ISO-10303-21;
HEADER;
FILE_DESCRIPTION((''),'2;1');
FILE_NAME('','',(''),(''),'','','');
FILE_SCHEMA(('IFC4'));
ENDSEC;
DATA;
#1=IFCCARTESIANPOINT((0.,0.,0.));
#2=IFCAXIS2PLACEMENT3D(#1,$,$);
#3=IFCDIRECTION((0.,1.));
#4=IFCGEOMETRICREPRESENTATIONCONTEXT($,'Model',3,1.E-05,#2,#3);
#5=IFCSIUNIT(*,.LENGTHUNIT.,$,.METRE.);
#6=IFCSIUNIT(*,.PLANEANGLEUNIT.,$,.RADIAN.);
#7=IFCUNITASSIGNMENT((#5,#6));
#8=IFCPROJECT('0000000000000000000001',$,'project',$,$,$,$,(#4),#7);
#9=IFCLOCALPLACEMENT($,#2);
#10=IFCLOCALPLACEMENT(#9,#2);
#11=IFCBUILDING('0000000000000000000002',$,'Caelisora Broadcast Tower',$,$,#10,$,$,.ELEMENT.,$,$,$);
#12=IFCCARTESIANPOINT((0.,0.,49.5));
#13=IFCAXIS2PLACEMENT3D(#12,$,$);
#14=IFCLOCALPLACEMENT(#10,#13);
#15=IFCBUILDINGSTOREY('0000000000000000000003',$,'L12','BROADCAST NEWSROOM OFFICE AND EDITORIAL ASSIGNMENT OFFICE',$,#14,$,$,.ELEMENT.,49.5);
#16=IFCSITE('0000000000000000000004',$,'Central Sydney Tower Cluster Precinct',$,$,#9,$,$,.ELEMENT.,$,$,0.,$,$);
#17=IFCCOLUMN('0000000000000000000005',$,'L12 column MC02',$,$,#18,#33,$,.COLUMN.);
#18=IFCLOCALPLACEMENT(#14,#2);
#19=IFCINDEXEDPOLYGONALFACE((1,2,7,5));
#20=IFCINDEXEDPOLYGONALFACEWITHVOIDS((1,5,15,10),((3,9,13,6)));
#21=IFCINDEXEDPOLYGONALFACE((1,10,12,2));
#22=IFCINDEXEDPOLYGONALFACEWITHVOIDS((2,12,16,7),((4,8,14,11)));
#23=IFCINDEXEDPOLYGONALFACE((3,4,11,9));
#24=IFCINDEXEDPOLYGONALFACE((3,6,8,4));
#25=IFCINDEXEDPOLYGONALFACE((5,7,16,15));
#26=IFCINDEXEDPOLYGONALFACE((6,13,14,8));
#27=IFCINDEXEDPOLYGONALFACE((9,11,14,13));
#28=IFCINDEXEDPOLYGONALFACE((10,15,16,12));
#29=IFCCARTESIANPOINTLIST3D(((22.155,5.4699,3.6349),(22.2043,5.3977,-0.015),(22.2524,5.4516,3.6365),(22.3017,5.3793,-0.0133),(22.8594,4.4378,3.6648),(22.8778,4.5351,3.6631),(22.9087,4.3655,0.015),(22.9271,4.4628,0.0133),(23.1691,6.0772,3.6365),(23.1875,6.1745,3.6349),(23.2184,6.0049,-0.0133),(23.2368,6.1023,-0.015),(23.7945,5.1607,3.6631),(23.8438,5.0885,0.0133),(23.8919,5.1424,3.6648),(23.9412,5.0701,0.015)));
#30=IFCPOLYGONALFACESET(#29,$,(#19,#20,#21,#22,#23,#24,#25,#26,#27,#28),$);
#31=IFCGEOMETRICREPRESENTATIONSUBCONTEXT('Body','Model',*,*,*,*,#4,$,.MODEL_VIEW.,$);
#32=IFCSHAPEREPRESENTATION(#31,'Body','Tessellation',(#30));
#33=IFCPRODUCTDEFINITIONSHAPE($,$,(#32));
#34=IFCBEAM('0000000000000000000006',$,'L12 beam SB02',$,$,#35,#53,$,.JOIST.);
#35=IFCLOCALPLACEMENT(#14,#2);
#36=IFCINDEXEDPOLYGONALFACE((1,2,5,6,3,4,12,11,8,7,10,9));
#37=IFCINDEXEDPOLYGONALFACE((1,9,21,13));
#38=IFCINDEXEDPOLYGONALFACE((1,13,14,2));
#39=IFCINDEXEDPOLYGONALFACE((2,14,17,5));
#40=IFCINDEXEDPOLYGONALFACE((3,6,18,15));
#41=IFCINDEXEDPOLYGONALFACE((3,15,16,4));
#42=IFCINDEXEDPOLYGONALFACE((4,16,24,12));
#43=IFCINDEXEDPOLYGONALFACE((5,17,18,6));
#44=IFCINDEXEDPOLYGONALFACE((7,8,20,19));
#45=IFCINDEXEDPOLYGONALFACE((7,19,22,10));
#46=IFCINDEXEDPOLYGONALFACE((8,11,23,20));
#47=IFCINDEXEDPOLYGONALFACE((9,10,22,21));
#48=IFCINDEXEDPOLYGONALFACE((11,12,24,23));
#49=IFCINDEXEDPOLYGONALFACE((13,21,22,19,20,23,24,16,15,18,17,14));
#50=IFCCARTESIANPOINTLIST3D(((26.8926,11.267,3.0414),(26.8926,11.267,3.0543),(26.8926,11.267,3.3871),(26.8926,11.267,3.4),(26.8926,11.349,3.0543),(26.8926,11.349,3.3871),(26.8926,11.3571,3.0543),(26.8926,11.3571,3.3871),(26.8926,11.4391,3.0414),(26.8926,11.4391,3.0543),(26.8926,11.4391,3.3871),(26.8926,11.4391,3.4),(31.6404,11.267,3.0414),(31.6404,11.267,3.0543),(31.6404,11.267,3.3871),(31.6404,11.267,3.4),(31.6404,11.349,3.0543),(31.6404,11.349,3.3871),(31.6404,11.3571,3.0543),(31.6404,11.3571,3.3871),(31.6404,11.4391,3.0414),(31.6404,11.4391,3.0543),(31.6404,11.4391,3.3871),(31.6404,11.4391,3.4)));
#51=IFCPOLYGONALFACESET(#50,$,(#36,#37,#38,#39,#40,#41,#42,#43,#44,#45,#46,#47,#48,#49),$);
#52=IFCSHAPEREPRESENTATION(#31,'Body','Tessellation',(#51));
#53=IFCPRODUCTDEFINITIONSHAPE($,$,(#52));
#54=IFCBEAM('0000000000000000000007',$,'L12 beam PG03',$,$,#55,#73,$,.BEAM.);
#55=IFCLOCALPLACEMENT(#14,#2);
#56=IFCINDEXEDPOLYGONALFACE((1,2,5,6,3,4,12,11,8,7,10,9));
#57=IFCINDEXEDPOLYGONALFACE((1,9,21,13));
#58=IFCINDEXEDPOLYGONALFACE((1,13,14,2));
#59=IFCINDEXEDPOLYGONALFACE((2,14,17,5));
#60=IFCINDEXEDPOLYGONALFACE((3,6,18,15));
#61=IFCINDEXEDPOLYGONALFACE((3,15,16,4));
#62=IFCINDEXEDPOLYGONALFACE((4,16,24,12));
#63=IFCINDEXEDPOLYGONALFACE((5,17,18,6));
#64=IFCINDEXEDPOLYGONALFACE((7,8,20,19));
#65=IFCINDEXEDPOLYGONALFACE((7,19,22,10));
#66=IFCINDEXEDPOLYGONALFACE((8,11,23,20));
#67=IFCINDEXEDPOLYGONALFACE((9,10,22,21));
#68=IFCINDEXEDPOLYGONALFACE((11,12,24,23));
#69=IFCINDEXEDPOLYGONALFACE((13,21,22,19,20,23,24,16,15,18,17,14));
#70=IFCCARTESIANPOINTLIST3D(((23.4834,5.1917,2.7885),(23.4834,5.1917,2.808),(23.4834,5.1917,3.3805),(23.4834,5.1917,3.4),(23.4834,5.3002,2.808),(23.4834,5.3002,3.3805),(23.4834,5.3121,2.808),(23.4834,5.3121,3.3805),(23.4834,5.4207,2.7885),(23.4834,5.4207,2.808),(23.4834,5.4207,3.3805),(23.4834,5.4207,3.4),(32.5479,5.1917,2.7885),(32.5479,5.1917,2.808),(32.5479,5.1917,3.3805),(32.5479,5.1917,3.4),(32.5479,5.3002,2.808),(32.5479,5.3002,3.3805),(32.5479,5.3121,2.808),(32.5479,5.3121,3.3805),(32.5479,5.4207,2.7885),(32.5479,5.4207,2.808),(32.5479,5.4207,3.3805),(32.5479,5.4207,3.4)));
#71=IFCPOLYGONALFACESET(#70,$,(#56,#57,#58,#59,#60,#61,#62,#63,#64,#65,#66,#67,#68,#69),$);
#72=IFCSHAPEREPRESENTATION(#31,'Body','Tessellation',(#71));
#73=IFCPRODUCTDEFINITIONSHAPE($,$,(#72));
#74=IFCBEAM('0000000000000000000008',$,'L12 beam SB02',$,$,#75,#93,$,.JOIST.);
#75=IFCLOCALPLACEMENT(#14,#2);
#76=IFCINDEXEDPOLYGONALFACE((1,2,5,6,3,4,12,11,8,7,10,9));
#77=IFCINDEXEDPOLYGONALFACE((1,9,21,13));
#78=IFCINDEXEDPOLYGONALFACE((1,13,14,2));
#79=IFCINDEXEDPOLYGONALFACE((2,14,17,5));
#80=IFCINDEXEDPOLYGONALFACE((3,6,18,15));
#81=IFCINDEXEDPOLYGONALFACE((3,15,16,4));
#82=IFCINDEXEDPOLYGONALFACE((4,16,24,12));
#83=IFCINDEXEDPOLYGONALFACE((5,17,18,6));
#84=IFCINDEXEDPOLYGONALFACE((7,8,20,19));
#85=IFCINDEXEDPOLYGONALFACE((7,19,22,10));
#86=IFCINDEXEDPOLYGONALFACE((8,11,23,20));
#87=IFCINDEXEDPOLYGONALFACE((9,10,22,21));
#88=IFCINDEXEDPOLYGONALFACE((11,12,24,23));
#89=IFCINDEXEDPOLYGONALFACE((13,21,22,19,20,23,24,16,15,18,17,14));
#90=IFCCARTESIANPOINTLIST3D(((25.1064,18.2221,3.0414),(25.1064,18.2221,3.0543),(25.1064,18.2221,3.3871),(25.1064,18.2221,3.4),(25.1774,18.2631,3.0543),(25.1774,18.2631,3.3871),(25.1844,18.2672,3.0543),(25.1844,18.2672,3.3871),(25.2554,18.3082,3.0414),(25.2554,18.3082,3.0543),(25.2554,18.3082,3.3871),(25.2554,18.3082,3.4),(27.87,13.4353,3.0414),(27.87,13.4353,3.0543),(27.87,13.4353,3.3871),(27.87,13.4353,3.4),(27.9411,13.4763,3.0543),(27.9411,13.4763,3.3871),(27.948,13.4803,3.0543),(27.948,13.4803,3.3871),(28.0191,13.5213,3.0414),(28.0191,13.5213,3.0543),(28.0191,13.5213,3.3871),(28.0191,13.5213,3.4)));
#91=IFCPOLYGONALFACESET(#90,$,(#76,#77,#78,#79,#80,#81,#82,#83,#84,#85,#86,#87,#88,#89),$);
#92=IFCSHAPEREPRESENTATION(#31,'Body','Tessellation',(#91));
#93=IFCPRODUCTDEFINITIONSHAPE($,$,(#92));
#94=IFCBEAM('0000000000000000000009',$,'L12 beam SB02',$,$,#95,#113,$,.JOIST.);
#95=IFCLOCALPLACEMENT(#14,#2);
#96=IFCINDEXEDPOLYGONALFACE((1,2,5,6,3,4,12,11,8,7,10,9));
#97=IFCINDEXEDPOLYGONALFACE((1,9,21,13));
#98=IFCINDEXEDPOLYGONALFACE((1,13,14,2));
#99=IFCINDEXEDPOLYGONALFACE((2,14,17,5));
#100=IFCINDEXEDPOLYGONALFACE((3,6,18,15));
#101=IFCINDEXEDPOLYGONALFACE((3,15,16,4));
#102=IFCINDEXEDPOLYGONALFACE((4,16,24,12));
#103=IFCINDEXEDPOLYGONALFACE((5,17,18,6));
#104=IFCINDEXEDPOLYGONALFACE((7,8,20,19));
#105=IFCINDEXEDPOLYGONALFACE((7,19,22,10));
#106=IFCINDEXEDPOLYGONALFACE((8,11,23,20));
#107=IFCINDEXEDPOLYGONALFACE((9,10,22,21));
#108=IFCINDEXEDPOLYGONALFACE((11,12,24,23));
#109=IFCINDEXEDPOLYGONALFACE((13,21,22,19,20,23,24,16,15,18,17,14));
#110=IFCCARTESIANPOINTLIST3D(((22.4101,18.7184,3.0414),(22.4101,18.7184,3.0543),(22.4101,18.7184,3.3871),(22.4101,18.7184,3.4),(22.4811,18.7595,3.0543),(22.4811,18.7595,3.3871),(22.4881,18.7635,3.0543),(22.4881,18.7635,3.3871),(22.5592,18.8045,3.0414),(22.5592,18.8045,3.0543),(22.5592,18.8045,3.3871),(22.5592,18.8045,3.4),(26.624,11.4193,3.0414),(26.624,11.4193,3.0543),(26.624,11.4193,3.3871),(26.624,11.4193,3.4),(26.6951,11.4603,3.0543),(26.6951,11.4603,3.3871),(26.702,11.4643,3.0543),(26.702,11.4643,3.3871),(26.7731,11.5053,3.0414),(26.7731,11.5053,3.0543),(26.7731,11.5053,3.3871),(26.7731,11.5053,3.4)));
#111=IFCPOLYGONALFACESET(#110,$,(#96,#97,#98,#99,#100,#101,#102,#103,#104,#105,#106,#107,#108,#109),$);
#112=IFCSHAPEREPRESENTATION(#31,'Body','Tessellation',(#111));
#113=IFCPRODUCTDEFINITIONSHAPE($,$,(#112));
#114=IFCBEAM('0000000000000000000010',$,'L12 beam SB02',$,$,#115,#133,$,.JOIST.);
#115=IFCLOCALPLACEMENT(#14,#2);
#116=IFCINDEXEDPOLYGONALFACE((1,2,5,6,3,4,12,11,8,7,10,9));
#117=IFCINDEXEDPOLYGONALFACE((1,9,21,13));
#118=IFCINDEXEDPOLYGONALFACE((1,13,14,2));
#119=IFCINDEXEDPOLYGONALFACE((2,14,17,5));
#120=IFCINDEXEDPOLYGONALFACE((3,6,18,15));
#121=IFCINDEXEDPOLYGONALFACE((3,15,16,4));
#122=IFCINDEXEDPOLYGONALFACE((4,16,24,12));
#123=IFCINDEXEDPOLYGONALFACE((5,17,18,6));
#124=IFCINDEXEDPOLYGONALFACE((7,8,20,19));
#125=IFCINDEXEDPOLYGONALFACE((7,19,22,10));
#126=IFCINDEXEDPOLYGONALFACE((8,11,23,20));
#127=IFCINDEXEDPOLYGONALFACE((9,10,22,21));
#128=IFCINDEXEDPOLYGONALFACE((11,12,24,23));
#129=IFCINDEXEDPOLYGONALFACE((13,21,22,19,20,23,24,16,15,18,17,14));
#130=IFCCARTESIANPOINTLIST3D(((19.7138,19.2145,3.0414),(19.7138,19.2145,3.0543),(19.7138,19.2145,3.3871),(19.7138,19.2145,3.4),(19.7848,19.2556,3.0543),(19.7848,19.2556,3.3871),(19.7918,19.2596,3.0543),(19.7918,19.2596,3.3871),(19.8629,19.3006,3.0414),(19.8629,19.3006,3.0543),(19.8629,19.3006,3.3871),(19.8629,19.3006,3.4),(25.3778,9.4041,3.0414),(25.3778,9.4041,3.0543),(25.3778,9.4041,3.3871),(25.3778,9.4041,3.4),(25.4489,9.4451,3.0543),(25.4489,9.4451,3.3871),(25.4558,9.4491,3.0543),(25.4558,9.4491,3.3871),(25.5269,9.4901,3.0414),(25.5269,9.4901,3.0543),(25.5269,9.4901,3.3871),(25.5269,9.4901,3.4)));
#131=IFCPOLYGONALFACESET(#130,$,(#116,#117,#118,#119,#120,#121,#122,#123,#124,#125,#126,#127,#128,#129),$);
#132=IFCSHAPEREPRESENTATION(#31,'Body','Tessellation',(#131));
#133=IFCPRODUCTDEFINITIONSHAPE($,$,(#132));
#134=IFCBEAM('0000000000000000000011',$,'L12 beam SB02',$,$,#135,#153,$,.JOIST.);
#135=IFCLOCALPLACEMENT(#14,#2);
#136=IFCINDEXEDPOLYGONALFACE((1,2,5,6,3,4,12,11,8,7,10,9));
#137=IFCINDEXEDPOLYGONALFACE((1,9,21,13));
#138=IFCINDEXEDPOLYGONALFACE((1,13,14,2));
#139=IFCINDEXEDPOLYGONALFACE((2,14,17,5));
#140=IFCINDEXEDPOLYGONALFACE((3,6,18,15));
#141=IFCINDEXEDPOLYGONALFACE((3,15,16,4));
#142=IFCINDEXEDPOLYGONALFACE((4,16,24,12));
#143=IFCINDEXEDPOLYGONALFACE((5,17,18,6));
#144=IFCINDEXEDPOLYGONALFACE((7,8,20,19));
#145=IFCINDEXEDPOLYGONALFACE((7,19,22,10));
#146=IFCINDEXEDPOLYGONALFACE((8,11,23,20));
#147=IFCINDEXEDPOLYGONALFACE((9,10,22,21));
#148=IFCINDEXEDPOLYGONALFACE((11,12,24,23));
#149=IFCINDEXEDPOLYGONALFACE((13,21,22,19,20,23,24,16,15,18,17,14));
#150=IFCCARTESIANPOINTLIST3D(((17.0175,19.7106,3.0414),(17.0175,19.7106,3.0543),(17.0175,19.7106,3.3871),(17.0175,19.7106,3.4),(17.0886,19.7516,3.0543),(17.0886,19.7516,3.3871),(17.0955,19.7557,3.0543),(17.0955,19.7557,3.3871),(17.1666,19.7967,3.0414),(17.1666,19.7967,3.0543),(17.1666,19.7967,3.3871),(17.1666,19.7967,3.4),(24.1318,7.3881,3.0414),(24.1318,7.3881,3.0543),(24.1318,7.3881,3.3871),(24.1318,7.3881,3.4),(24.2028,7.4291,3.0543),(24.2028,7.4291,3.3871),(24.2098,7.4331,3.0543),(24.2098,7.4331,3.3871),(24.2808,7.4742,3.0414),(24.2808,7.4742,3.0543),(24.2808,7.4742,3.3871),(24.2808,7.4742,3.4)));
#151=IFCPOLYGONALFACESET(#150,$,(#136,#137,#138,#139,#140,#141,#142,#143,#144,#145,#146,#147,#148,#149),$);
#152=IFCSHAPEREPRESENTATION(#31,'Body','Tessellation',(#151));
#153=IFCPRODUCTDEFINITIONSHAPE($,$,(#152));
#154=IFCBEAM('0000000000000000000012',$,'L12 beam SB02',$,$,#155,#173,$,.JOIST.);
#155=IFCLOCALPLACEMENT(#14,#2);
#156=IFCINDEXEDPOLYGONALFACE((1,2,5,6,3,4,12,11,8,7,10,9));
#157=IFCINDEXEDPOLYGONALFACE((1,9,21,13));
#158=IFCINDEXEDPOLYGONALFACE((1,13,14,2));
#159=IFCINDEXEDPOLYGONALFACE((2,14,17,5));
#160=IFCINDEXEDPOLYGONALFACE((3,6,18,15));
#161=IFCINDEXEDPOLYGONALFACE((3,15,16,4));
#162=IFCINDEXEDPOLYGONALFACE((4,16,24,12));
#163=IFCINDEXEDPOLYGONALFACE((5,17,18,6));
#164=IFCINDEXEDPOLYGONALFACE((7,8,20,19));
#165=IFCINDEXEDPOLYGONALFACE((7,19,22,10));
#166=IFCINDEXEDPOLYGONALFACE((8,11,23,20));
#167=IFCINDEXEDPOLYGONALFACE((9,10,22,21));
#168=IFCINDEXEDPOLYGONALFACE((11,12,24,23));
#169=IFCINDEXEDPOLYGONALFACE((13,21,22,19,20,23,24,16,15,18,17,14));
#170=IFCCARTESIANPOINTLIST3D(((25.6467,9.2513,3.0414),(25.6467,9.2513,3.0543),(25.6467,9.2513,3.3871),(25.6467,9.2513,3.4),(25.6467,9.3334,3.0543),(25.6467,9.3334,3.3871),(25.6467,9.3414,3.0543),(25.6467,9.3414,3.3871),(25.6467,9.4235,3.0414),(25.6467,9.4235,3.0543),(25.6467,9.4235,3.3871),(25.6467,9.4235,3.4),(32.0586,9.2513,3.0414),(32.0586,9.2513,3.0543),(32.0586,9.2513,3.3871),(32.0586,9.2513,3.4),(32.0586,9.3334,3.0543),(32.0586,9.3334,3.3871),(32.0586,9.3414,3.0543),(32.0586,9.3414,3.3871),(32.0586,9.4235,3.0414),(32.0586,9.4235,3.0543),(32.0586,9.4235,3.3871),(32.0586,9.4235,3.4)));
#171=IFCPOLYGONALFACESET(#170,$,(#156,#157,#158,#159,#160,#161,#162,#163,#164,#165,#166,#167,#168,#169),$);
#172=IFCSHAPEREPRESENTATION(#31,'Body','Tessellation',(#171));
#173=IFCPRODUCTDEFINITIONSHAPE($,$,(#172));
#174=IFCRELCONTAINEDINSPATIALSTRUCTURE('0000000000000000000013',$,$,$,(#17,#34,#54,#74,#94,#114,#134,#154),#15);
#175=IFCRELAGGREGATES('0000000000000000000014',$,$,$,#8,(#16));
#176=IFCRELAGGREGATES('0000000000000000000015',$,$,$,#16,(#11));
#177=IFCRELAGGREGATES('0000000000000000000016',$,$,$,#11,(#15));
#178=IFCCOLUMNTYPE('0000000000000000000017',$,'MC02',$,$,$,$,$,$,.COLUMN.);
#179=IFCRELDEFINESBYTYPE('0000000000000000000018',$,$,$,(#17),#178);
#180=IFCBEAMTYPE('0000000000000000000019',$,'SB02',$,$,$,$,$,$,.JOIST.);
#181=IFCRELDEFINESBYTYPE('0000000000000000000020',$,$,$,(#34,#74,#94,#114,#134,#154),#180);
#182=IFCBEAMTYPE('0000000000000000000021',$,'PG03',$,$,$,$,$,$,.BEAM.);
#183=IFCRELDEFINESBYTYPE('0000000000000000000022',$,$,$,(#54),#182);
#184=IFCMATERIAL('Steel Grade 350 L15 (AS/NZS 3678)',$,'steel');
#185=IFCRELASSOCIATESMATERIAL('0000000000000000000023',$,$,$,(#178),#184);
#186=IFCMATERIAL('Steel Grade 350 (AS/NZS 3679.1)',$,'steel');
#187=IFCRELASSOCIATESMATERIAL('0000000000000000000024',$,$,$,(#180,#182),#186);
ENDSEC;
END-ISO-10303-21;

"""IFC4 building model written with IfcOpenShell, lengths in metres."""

from ifc_helpers import new_model, si_unit, direction, frame, origin, origin_2d, place, context, subcontext, project, spatial, hollow_rectangle, i_section, extrude, source, transform, mapped, material, material_profile, profile_set, type_object, type_shapes, element, save


model = new_model("IFC4")

# Units and contexts
model_context = context("Model", 3, precision=1e-05, world=origin(), true_north=direction((0.0, 1.0)))
body_context = subcontext(model_context, "Body", "Model", "MODEL_VIEW")
ifc_project = project(units=[si_unit("LENGTHUNIT", "METRE"), si_unit("PLANEANGLEUNIT", "RADIAN")], contexts=[model_context])

# Site, building, storey
site_placement = place(None, origin())
site = spatial("IfcSite", under=ifc_project, at=site_placement, Name="Central Sydney Tower Cluster Precinct", CompositionType="ELEMENT", RefElevation=0.0)
building_placement = place(site_placement, origin())
building = spatial("IfcBuilding", under=site, at=building_placement, Name="Caelisora Broadcast Tower", CompositionType="ELEMENT")
storey_placement = place(building_placement, frame((0.0, 0.0, 49.5)))
storey = spatial("IfcBuildingStorey", under=building, at=storey_placement, Name="L12", Description="BROADCAST NEWSROOM OFFICE AND EDITORIAL ASSIGNMENT OFFICE", CompositionType="ELEMENT", Elevation=49.5)

# Column
ifc_material_1 = material(Name="Steel Grade 350 L15 (AS/NZS 3678)", Category="steel")
ifc_material_profile_1 = material_profile(ifc_material_1, hollow_rectangle(XDim=1.25, YDim=1.25, WallThickness=0.0701, at=origin_2d()), Name="Steel Grade 350 L15 (AS/NZS 3678)")
ifc_profile_set_1 = profile_set([ifc_material_profile_1], Name="Steel Grade 350 L15 (AS/NZS 3678)")
column_type = type_object("IfcColumnType", Name="MC02", PredefinedType="COLUMN", material=ifc_profile_set_1)
shared_shape_1 = source(origin(), body_context, "Body", "SweptSolid", [
    extrude(hollow_rectangle(XDim=1.25, YDim=1.25, WallThickness=0.0701, at=origin_2d()), origin(), (0.0, 0.0, 1.0), 3.6509),
])
type_shapes(column_type, [shared_shape_1])
column_placement = place(storey_placement, frame((23.0728, 5.2339, 0.0), z_axis=(-0.013508, 0.019794, 0.999713), x_axis=(-0.825991, -0.563683, 0.0)))
element("IfcColumn", 1, at=column_placement, inside=storey, type_object=column_type, Name="L12 column MC02", PredefinedType="COLUMN", context=body_context, shape_type="MappedRepresentation", body=[
    mapped(shared_shape_1, transform((0.0, 0.0, 0.0), scale=1.0)),
])

# Beams
ifc_material_2 = material(Name="Steel Grade 350 (AS/NZS 3679.1)", Category="steel")
ifc_material_profile_2 = material_profile(ifc_material_2, i_section(OverallWidth=0.1721, OverallDepth=0.3586, WebThickness=0.0081, FlangeThickness=0.0129, at=origin_2d()), Name="Steel Grade 350 (AS/NZS 3679.1)")
ifc_profile_set_2 = profile_set([ifc_material_profile_2], Name="Steel Grade 350 (AS/NZS 3679.1)")
beam_type_1 = type_object("IfcBeamType", Name="SB02", PredefinedType="JOIST", material=ifc_profile_set_2)
shared_shape_2 = source(origin(), body_context, "Body", "SweptSolid", [
    extrude(i_section(OverallWidth=0.1721, OverallDepth=0.3586, WebThickness=0.0081, FlangeThickness=0.0129, at=origin_2d()), origin(), (0.0, 0.0, 1.0), 4.7478),
])
beam_1_placement = place(storey_placement, frame((26.8926, 11.353, 3.2207), z_axis=(1.0, 0.0, 0.0), x_axis=(0.0, 1.0, 0.0)))
element("IfcBeam", 2, at=beam_1_placement, inside=storey, type_object=beam_type_1, Name="L12 beam SB02", PredefinedType="JOIST", context=body_context, shape_type="MappedRepresentation", body=[
    mapped(shared_shape_2, transform((0.0, 0.0, 0.0), scale=1.0)),
])
ifc_material_profile_3 = material_profile(ifc_material_2, i_section(OverallWidth=0.229, OverallDepth=0.6116, WebThickness=0.012, FlangeThickness=0.0195, at=origin_2d()), Name="Steel Grade 350 (AS/NZS 3679.1)")
ifc_profile_set_3 = profile_set([ifc_material_profile_3], Name="Steel Grade 350 (AS/NZS 3679.1)")
beam_type_2 = type_object("IfcBeamType", Name="PG03", PredefinedType="BEAM", material=ifc_profile_set_3)
shared_shape_3 = source(origin(), body_context, "Body", "SweptSolid", [
    extrude(i_section(OverallWidth=0.229, OverallDepth=0.6116, WebThickness=0.012, FlangeThickness=0.0195, at=origin_2d()), origin(), (0.0, 0.0, 1.0), 9.0645),
])
type_shapes(beam_type_2, [shared_shape_3])
beam_2_placement = place(storey_placement, frame((23.4834, 5.3062, 3.0942), z_axis=(1.0, 0.0, 0.0), x_axis=(0.0, 1.0, 0.0)))
element("IfcBeam", 3, at=beam_2_placement, inside=storey, type_object=beam_type_2, Name="L12 beam PG03", PredefinedType="BEAM", context=body_context, shape_type="MappedRepresentation", body=[
    mapped(shared_shape_3, transform((0.0, 0.0, 0.0), scale=1.0)),
])
shared_shape_4 = source(origin(), body_context, "Body", "SweptSolid", [
    extrude(i_section(OverallWidth=0.1721, OverallDepth=0.3586, WebThickness=0.0081, FlangeThickness=0.0129, at=origin_2d()), origin(), (0.0, 0.0, 1.0), 5.5273),
])
beam_3_placement = place(storey_placement, frame((25.1809, 18.2651, 3.2207), z_axis=(0.499996, -0.866027, 0.0), x_axis=(0.866027, 0.499996, 0.0)))
element("IfcBeam", 4, at=beam_3_placement, inside=storey, type_object=beam_type_1, Name="L12 beam SB02", PredefinedType="JOIST", context=body_context, shape_type="MappedRepresentation", body=[
    mapped(shared_shape_4, transform((0.0, 0.0, 0.0), scale=1.0)),
])
shared_shape_5 = source(origin(), body_context, "Body", "SweptSolid", [
    extrude(i_section(OverallWidth=0.1721, OverallDepth=0.3586, WebThickness=0.0081, FlangeThickness=0.0129, at=origin_2d()), origin(), (0.0, 0.0, 1.0), 8.4282),
])
beam_4_placement = place(storey_placement, frame((22.4846, 18.7615, 3.2207), z_axis=(0.499977, -0.866038, 0.0), x_axis=(0.866038, 0.499977, 0.0)))
element("IfcBeam", 5, at=beam_4_placement, inside=storey, type_object=beam_type_1, Name="L12 beam SB02", PredefinedType="JOIST", context=body_context, shape_type="MappedRepresentation", body=[
    mapped(shared_shape_5, transform((0.0, 0.0, 0.0), scale=1.0)),
])
shared_shape_6 = source(origin(), body_context, "Body", "SweptSolid", [
    extrude(i_section(OverallWidth=0.1721, OverallDepth=0.3586, WebThickness=0.0081, FlangeThickness=0.0129, at=origin_2d()), origin(), (0.0, 0.0, 1.0), 11.3281),
])
beam_5_placement = place(storey_placement, frame((19.7883, 19.2576, 3.2207), z_axis=(0.499996, -0.866028, 0.0), x_axis=(0.866028, 0.499996, 0.0)))
element("IfcBeam", 6, at=beam_5_placement, inside=storey, type_object=beam_type_1, Name="L12 beam SB02", PredefinedType="JOIST", context=body_context, shape_type="MappedRepresentation", body=[
    mapped(shared_shape_6, transform((0.0, 0.0, 0.0), scale=1.0)),
])
shared_shape_7 = source(origin(), body_context, "Body", "SweptSolid", [
    extrude(i_section(OverallWidth=0.1721, OverallDepth=0.3586, WebThickness=0.0081, FlangeThickness=0.0129, at=origin_2d()), origin(), (0.0, 0.0, 1.0), 14.2288),
])
beam_6_placement = place(storey_placement, frame((17.092, 19.7537, 3.2207), z_axis=(0.499992, -0.86603, 0.0), x_axis=(0.86603, 0.499992, 0.0)))
element("IfcBeam", 7, at=beam_6_placement, inside=storey, type_object=beam_type_1, Name="L12 beam SB02", PredefinedType="JOIST", context=body_context, shape_type="MappedRepresentation", body=[
    mapped(shared_shape_7, transform((0.0, 0.0, 0.0), scale=1.0)),
])
shared_shape_8 = source(origin(), body_context, "Body", "SweptSolid", [
    extrude(i_section(OverallWidth=0.1721, OverallDepth=0.3586, WebThickness=0.0081, FlangeThickness=0.0129, at=origin_2d()), origin(), (0.0, 0.0, 1.0), 6.4119),
])
beam_7_placement = place(storey_placement, frame((25.6467, 9.3374, 3.2207), z_axis=(1.0, 0.0, 0.0), x_axis=(0.0, 1.0, 0.0)))
element("IfcBeam", 8, at=beam_7_placement, inside=storey, type_object=beam_type_1, Name="L12 beam SB02", PredefinedType="JOIST", context=body_context, shape_type="MappedRepresentation", body=[
    mapped(shared_shape_8, transform((0.0, 0.0, 0.0), scale=1.0)),
])

save(model, "model.ifc")
